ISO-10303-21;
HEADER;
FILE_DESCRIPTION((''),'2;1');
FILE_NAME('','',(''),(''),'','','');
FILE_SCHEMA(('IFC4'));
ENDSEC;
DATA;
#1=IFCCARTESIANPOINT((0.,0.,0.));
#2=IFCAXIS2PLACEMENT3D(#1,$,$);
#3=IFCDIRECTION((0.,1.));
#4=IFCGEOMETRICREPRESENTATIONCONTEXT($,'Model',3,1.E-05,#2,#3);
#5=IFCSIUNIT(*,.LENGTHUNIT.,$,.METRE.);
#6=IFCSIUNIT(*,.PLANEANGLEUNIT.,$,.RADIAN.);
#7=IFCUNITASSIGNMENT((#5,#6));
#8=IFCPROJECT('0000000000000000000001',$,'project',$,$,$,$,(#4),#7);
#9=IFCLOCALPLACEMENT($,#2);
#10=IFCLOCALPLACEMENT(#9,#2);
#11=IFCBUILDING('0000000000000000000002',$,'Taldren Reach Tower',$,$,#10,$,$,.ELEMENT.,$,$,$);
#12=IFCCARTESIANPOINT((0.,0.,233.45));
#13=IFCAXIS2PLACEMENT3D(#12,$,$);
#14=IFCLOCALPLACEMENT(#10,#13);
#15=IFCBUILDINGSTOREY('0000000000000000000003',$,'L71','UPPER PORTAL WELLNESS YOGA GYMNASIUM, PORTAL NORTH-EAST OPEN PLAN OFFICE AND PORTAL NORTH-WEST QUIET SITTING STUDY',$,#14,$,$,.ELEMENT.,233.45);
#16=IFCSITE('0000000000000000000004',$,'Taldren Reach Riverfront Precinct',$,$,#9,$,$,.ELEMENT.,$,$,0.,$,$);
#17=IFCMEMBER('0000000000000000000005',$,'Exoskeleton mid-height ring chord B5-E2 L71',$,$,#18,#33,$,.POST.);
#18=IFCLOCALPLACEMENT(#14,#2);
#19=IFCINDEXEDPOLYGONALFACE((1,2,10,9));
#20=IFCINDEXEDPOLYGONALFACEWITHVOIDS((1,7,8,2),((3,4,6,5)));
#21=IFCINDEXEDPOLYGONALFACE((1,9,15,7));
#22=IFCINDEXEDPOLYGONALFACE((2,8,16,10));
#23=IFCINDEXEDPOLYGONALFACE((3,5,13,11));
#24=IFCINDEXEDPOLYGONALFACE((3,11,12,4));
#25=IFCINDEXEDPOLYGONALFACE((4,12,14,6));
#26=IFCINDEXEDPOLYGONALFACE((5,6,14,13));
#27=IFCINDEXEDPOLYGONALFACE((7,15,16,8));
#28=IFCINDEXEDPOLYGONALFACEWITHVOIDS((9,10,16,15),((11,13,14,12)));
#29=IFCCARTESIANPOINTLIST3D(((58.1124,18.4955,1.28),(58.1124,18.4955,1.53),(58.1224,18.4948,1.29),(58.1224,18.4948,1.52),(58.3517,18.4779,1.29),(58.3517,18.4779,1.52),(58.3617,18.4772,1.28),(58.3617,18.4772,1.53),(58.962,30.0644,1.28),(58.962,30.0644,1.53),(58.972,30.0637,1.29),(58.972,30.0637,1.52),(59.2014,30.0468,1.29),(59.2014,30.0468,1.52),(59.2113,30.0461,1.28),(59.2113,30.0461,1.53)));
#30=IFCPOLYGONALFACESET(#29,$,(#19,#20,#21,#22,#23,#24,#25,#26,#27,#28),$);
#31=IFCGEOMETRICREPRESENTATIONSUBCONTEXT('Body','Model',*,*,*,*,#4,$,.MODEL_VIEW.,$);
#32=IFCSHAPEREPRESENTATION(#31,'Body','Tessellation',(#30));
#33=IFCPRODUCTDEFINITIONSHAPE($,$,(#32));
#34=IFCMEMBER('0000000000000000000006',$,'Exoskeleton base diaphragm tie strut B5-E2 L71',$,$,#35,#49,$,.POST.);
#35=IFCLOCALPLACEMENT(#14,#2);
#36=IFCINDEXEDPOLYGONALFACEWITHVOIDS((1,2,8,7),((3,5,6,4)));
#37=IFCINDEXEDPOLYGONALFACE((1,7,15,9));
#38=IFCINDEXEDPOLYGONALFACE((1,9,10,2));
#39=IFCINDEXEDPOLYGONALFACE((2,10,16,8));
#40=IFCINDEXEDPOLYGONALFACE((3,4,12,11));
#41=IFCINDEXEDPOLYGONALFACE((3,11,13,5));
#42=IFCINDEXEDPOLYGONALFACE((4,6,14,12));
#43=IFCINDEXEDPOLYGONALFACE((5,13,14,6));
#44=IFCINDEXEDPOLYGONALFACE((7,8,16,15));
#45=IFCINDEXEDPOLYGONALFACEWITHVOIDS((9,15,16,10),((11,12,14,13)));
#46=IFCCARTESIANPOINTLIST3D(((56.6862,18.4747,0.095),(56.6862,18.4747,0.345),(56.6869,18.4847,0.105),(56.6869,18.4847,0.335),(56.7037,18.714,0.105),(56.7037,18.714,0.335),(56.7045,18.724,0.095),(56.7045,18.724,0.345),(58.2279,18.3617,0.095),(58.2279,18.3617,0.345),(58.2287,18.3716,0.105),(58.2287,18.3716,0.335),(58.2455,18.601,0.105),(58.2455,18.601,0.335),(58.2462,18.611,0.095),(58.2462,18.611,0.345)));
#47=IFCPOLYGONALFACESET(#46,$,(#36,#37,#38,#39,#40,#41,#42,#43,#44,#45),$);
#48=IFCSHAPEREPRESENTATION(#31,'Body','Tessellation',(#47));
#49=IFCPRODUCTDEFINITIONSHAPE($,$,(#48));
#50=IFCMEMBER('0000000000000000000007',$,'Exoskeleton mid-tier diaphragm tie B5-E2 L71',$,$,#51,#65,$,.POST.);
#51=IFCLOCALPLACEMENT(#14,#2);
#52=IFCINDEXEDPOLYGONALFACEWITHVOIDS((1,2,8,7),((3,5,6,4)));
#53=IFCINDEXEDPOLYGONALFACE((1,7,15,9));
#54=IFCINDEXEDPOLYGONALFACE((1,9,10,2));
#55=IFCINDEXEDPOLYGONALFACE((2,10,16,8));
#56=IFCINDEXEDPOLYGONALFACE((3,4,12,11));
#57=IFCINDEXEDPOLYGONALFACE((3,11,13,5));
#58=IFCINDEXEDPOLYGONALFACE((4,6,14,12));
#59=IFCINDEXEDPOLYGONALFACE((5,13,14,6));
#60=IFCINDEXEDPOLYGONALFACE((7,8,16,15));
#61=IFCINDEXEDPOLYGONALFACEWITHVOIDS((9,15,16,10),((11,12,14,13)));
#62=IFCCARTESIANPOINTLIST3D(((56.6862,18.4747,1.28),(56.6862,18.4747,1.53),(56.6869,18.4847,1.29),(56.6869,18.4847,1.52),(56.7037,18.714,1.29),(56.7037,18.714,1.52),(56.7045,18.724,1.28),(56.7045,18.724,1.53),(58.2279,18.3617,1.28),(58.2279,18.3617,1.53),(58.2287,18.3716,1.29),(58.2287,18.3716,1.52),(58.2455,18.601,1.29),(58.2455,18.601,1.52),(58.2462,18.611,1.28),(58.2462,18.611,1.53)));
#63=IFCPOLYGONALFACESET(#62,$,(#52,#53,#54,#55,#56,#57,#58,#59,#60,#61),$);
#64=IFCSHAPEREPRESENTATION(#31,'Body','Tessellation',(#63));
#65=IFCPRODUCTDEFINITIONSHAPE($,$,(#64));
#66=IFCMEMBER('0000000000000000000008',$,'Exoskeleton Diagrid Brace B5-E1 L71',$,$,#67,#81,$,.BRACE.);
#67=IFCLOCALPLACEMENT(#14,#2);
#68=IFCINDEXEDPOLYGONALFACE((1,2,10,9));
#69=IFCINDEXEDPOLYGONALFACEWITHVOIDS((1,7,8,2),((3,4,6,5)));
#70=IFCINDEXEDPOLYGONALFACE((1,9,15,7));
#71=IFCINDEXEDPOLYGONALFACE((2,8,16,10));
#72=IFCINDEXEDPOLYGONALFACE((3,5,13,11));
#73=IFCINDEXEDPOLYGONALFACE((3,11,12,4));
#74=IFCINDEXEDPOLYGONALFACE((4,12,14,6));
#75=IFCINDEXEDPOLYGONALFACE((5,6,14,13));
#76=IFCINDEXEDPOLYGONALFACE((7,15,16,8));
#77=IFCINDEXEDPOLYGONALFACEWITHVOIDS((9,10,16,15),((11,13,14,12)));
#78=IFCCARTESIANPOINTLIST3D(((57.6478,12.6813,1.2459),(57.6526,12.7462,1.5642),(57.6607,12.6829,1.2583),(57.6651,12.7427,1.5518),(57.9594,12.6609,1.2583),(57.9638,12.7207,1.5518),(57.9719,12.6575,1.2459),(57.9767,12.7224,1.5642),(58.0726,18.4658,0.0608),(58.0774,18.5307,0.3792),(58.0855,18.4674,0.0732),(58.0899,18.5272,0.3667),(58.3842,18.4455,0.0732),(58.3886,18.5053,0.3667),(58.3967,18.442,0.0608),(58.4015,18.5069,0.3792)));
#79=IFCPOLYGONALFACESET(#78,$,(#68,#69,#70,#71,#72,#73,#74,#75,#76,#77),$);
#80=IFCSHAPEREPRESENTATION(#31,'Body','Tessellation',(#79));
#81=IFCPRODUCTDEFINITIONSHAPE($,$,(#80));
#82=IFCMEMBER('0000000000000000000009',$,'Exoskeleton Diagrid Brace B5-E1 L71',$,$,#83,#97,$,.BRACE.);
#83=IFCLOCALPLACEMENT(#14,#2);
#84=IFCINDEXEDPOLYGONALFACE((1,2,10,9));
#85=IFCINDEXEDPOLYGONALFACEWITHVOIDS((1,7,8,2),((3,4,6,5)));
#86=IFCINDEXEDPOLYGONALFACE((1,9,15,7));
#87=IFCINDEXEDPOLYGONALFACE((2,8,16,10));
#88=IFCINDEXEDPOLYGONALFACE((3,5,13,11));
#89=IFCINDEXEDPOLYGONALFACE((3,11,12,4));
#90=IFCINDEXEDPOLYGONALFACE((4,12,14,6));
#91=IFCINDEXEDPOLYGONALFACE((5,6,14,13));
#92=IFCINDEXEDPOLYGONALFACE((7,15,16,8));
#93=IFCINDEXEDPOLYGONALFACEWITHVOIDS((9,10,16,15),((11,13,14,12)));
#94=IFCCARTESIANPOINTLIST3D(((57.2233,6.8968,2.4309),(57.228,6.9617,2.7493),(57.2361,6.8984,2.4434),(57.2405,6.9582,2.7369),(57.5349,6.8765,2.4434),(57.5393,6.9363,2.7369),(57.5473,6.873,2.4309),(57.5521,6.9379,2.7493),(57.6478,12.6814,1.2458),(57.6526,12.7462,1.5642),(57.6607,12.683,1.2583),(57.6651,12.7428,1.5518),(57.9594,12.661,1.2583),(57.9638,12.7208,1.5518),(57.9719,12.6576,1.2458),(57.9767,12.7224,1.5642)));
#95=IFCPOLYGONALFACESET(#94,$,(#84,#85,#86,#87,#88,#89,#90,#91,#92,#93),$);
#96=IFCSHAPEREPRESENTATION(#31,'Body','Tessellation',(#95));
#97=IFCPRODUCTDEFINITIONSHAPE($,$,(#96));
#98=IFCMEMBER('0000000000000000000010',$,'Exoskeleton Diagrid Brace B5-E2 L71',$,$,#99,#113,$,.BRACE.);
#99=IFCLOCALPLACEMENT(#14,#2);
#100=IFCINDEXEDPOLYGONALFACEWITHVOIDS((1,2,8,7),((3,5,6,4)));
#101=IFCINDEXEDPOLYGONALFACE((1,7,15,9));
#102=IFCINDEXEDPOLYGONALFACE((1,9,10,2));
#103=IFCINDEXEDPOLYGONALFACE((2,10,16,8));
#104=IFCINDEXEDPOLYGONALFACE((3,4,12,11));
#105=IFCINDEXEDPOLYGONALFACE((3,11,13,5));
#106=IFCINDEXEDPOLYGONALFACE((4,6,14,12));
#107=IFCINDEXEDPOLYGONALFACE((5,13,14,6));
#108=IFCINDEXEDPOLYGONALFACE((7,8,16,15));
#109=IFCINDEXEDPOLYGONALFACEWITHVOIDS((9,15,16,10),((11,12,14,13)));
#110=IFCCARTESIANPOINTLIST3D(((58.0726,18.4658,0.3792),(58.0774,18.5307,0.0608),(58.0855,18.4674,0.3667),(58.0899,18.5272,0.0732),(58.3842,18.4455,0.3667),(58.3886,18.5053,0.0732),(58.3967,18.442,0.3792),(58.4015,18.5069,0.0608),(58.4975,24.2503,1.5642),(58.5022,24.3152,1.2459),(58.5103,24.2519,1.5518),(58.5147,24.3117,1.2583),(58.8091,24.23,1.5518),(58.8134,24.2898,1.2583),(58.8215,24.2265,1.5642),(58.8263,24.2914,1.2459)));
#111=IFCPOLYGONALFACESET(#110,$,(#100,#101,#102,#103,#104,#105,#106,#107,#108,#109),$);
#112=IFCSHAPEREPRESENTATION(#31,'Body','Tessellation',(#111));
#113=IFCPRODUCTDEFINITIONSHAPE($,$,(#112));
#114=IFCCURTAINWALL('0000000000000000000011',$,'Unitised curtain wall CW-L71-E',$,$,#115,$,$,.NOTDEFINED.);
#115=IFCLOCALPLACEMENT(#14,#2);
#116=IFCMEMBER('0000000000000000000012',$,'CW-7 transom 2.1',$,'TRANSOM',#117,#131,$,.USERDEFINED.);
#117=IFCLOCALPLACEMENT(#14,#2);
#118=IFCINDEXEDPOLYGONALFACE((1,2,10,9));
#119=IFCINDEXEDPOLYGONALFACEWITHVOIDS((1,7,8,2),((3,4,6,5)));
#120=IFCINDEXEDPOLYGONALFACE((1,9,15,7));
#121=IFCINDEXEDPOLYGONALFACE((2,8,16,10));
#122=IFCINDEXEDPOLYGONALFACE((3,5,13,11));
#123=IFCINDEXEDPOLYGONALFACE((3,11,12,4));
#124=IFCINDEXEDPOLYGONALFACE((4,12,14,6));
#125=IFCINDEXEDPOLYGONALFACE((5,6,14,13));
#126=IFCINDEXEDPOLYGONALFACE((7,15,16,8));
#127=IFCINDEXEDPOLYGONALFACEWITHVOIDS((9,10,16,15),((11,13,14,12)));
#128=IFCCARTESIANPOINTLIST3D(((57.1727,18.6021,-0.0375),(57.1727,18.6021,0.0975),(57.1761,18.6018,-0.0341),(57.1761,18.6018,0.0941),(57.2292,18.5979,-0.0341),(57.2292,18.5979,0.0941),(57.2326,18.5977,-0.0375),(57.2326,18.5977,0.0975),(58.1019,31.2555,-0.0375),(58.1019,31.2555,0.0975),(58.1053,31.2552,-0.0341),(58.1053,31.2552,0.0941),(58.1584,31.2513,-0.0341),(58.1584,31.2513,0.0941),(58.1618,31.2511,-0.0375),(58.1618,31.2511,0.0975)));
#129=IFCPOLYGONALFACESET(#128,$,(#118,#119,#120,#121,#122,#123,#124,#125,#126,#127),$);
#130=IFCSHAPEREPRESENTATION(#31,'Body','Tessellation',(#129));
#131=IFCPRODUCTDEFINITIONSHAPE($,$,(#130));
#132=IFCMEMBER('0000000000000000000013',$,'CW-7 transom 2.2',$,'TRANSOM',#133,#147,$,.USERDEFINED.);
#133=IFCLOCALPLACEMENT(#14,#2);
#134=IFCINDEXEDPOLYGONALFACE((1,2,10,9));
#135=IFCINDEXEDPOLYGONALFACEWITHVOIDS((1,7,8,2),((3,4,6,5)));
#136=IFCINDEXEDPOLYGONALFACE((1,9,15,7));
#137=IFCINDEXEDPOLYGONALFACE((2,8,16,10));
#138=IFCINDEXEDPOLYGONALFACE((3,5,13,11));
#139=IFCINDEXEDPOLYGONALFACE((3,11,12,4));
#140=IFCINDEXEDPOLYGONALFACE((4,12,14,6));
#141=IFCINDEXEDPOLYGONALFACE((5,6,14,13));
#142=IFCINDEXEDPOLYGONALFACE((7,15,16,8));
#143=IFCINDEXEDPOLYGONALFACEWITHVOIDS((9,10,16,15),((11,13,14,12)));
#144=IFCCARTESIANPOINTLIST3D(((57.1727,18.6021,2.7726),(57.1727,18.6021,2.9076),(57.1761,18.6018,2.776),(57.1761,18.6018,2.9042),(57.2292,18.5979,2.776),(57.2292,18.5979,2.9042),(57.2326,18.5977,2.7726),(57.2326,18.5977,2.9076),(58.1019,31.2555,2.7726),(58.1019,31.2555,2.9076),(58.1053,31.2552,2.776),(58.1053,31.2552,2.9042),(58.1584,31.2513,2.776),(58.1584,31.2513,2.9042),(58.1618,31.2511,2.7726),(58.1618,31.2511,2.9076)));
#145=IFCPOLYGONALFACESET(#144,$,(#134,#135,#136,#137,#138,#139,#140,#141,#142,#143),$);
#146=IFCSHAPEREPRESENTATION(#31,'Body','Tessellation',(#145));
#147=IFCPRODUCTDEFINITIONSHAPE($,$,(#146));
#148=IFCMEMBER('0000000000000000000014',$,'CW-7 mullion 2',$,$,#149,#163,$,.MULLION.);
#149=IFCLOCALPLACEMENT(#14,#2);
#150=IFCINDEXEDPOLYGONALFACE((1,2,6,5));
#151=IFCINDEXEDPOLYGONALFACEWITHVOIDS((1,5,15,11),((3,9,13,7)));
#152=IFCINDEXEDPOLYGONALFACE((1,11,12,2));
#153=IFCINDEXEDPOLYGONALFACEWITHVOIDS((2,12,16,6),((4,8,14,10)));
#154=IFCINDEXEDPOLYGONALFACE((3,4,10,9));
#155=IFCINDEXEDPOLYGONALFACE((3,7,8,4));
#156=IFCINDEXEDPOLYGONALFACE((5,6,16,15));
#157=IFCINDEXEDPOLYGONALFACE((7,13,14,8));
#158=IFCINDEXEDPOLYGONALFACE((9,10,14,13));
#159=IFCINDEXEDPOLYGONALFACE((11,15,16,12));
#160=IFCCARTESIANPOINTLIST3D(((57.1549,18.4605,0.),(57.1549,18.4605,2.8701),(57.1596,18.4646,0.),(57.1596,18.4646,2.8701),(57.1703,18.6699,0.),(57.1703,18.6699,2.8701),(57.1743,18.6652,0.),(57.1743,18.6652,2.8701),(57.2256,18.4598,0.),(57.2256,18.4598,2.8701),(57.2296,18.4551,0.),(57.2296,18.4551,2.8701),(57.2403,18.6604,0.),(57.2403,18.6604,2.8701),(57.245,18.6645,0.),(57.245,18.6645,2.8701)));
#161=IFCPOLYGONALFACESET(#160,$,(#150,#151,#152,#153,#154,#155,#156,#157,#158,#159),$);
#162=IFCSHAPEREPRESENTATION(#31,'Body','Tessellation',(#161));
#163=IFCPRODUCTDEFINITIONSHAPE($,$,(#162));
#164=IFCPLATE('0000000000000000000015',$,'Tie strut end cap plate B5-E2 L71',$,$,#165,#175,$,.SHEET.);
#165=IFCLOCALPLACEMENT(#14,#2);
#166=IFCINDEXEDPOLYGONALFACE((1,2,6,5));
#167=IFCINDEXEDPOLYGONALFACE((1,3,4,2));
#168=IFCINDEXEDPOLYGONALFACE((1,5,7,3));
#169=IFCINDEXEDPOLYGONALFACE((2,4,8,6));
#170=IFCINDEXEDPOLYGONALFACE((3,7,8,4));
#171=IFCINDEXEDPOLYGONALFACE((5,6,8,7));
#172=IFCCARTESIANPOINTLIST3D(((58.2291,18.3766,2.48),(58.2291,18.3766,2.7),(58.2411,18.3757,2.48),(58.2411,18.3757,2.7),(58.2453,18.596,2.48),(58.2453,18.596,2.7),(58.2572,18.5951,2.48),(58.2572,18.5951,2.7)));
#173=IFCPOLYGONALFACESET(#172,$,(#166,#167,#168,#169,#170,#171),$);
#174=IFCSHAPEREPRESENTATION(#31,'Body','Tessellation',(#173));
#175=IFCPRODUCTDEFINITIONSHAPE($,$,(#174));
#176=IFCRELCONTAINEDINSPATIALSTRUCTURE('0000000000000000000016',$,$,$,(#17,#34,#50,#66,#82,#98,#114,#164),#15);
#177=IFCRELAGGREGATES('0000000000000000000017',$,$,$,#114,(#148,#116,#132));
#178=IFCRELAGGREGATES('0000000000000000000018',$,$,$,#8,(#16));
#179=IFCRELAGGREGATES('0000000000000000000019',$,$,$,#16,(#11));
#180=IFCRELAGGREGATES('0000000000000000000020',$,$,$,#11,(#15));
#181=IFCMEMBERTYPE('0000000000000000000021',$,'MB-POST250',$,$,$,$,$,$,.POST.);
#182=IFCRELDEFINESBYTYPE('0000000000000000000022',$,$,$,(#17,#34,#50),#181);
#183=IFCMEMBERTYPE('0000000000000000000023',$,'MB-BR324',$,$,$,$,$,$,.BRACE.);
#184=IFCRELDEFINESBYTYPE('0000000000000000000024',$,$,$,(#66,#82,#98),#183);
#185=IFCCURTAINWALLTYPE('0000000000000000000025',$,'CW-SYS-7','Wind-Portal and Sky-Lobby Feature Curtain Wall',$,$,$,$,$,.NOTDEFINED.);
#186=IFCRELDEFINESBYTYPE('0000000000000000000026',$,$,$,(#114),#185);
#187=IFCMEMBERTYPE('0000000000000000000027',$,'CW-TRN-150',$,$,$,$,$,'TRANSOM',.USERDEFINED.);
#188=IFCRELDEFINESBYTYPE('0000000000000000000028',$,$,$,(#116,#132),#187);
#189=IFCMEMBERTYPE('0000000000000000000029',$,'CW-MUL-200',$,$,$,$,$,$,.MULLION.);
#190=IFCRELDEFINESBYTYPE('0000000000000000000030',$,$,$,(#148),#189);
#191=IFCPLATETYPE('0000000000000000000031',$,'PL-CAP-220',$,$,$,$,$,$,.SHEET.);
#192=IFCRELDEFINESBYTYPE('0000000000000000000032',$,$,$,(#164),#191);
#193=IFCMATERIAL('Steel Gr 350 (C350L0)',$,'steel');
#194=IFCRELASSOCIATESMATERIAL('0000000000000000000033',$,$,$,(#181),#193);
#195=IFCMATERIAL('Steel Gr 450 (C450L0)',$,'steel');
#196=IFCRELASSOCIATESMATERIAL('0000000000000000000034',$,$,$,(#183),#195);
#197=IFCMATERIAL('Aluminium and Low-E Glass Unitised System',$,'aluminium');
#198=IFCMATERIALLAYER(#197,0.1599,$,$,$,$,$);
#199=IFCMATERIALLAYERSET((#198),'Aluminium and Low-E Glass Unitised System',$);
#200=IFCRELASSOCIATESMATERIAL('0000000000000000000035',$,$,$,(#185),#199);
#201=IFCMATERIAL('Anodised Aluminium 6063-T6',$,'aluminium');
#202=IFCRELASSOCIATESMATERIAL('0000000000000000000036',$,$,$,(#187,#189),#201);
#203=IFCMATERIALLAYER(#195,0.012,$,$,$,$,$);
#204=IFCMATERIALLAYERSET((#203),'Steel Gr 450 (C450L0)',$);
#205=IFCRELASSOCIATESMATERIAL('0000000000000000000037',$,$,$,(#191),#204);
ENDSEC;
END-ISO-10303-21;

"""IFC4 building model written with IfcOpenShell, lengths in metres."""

from ifc_helpers import new_model, si_unit, direction, frame, origin, origin_2d, place, context, subcontext, project, spatial, rectangle, hollow_rectangle, extrude, source, transform, mapped, material, layer, layer_set, material_profile, profile_set, type_object, element, aggregate, save


model = new_model("IFC4")

# Units and contexts
model_context = context("Model", 3, precision=1e-05, world=origin(), true_north=direction((0.0, 1.0)))
body_context = subcontext(model_context, "Body", "Model", "MODEL_VIEW")
ifc_project = project(units=[si_unit("LENGTHUNIT", "METRE"), si_unit("PLANEANGLEUNIT", "RADIAN")], contexts=[model_context])

# Site, building, storey
site_placement = place(None, origin())
site = spatial("IfcSite", under=ifc_project, at=site_placement, Name="Taldren Reach Riverfront Precinct", CompositionType="ELEMENT", RefElevation=0.0)
building_placement = place(site_placement, origin())
building = spatial("IfcBuilding", under=site, at=building_placement, Name="Taldren Reach Tower", CompositionType="ELEMENT")
storey_placement = place(building_placement, frame((0.0, 0.0, 233.45)))
storey = spatial("IfcBuildingStorey", under=building, at=storey_placement, Name="L71", Description="UPPER PORTAL WELLNESS YOGA GYMNASIUM, PORTAL NORTH-EAST OPEN PLAN OFFICE AND PORTAL NORTH-WEST QUIET SITTING STUDY", CompositionType="ELEMENT", Elevation=233.45)

# Shared definitions
ifc_material_1 = material(Name="Steel Gr 450 (C450L0)", Category="steel")

# Members
ifc_material_2 = material(Name="Steel Gr 350 (C350L0)", Category="steel")
ifc_material_profile_1 = material_profile(ifc_material_2, hollow_rectangle(XDim=0.25, YDim=0.25, WallThickness=0.01, at=origin_2d()), Name="250x250x10.0SHS")
ifc_profile_set_1 = profile_set([ifc_material_profile_1], Name="Steel Gr 350 (C350L0)")
member_type_1 = type_object("IfcMemberType", Name="MB-POST250", PredefinedType="POST", material=ifc_profile_set_1)
shared_shape_1 = source(origin(), body_context, "Body", "SweptSolid", [
    extrude(hollow_rectangle(XDim=0.25, YDim=0.25, WallThickness=0.01, at=origin_2d()), origin(), (0.0, 0.0, 1.0), 11.6001),
])
member_1_placement = place(storey_placement, frame((58.2371, 18.4863, 1.405), z_axis=(0.073242, 0.997314, 0.0), x_axis=(-0.997314, 0.073242, 0.0)))
element("IfcMember", 1, at=member_1_placement, inside=storey, type_object=member_type_1, Name="Exoskeleton mid-height ring chord B5-E2 L71", PredefinedType="POST", context=body_context, shape_type="MappedRepresentation", body=[
    mapped(shared_shape_1, transform((0.0, 0.0, 0.0), scale=1.0)),
])
shared_shape_2 = source(origin(), body_context, "Body", "SweptSolid", [
    extrude(hollow_rectangle(XDim=0.25, YDim=0.25, WallThickness=0.01, at=origin_2d()), origin(), (0.0, 0.0, 1.0), 1.5459),
])
for number, where, z_axis, x_axis, name in (
    (2, (56.6953, 18.5994, 0.22), (0.997323, -0.073121, 0.0), (0.073121, 0.997323, 0.0), "Exoskeleton base diaphragm tie strut B5-E2 L71"),
    (3, (56.6953, 18.5994, 1.405), (0.997323, -0.073121, 0.0), (0.073121, 0.997323, 0.0), "Exoskeleton mid-tier diaphragm tie B5-E2 L71"),
):
    element("IfcMember", number, at=place(storey_placement, frame(where, z_axis=z_axis, x_axis=x_axis)), inside=storey, type_object=member_type_1, Name=name, PredefinedType="POST", context=body_context, shape_type="MappedRepresentation", body=[
        mapped(shared_shape_2, transform((0.0, 0.0, 0.0), scale=1.0)),
    ])
ifc_material_profile_2 = material_profile(ifc_material_1, hollow_rectangle(XDim=0.325, YDim=0.325, WallThickness=0.0127, at=origin_2d()), Name="325x325x12.7SHS")
ifc_profile_set_2 = profile_set([ifc_material_profile_2], Name="Steel Gr 450 (C450L0)")
member_type_2 = type_object("IfcMemberType", Name="MB-BR324", PredefinedType="BRACE", material=ifc_profile_set_2)
shared_shape_3 = source(origin(), body_context, "Body", "SweptSolid", [
    extrude(hollow_rectangle(XDim=0.325, YDim=0.325, WallThickness=0.0127, at=origin_2d()), origin(), (0.0, 0.0, 1.0), 5.9199),
])
for number, where, z_axis, x_axis, name in (
    (4, (58.2371, 18.4863, 0.22), (-0.07176, -0.977127, 0.200185), (0.997314, -0.073242, 0.0), "Exoskeleton Diagrid Brace B5-E1 L71"),
    (5, (57.8123, 12.7019, 1.405), (-0.071719, -0.97713, 0.200185), (0.997317, -0.0732, 0.0), "Exoskeleton Diagrid Brace B5-E1 L71"),
    (6, (58.2371, 18.4863, 0.22), (0.07176, 0.977127, 0.200185), (-0.997314, 0.073242, 0.0), "Exoskeleton Diagrid Brace B5-E2 L71"),
):
    element("IfcMember", number, at=place(storey_placement, frame(where, z_axis=z_axis, x_axis=x_axis)), inside=storey, type_object=member_type_2, Name=name, PredefinedType="BRACE", context=body_context, shape_type="MappedRepresentation", body=[
        mapped(shared_shape_3, transform((0.0, 0.0, 0.0), scale=1.0)),
    ])

# Curtain wall, members
ifc_material_3 = material(Name="Aluminium and Low-E Glass Unitised System", Category="aluminium")
ifc_layer_1 = layer(ifc_material_3, 0.1599)
ifc_layer_set_1 = layer_set([ifc_layer_1], Name="Aluminium and Low-E Glass Unitised System")
curtain_wall_type = type_object("IfcCurtainWallType", Name="CW-SYS-7", Description="Wind-Portal and Sky-Lobby Feature Curtain Wall", PredefinedType="NOTDEFINED", material=ifc_layer_set_1)
curtain_wall_placement = place(storey_placement, origin())
curtain_wall = element("IfcCurtainWall", 7, at=curtain_wall_placement, inside=storey, type_object=curtain_wall_type, Name="Unitised curtain wall CW-L71-E", PredefinedType="NOTDEFINED")
ifc_material_4 = material(Name="Anodised Aluminium 6063-T6", Category="aluminium")
ifc_material_profile_3 = material_profile(ifc_material_4, hollow_rectangle(XDim=0.0601, YDim=0.135, WallThickness=0.0034, at=origin_2d()), Name="ALU-135x60x3.5RHS")
ifc_profile_set_3 = profile_set([ifc_material_profile_3], Name="Anodised Aluminium 6063-T6")
member_type_3 = type_object("IfcMemberType", Name="CW-TRN-150", ElementType="TRANSOM", PredefinedType="USERDEFINED", material=ifc_profile_set_3)
shared_shape_4 = source(origin(), body_context, "Body", "SweptSolid", [
    extrude(hollow_rectangle(XDim=0.0601, YDim=0.135, WallThickness=0.0034, at=origin_2d()), origin(), (0.0, 0.0, 1.0), 12.6875),
])
member_2_placement = place(storey_placement, frame((57.2026, 18.5999, 0.03), z_axis=(0.073238, 0.997314, 0.0), x_axis=(-0.997314, 0.073238, 0.0)))
member_2 = element("IfcMember", 8, at=member_2_placement, type_object=member_type_3, Name="CW-7 transom 2.1", ObjectType="TRANSOM", PredefinedType="USERDEFINED", context=body_context, shape_type="MappedRepresentation", body=[
    mapped(shared_shape_4, transform((0.0, 0.0, 0.0), scale=1.0)),
])
member_3_placement = place(storey_placement, frame((57.2026, 18.5999, 2.8401), z_axis=(0.073238, 0.997314, 0.0), x_axis=(-0.997314, 0.073238, 0.0)))
member_3 = element("IfcMember", 9, at=member_3_placement, type_object=member_type_3, Name="CW-7 transom 2.2", ObjectType="TRANSOM", PredefinedType="USERDEFINED", context=body_context, shape_type="MappedRepresentation", body=[
    mapped(shared_shape_4, transform((0.0, 0.0, 0.0), scale=1.0)),
])
ifc_material_profile_4 = material_profile(ifc_material_4, hollow_rectangle(XDim=0.075, YDim=0.21, WallThickness=0.0044, at=origin_2d()), Name="ALU-210x75x4.5RHS")
ifc_profile_set_4 = profile_set([ifc_material_profile_4], Name="Anodised Aluminium 6063-T6")
member_type_4 = type_object("IfcMemberType", Name="CW-MUL-200", PredefinedType="MULLION", material=ifc_profile_set_4)
shared_shape_5 = source(origin(), body_context, "Body", "SweptSolid", [
    extrude(hollow_rectangle(XDim=0.075, YDim=0.21, WallThickness=0.0044, at=origin_2d()), origin(), (0.0, 0.0, 1.0), 2.8701),
])
member_4_placement = place(storey_placement, frame((57.2, 18.5625, 0.0), z_axis=(0.0, 0.0, 1.0), x_axis=(-0.997314, 0.073238, 0.0)))
member_4 = element("IfcMember", 10, at=member_4_placement, type_object=member_type_4, Name="CW-7 mullion 2", PredefinedType="MULLION", context=body_context, shape_type="MappedRepresentation", body=[
    mapped(shared_shape_5, transform((0.0, 0.0, 0.0), scale=1.0)),
])

# Plate
ifc_layer_2 = layer(ifc_material_1, 0.012)
ifc_layer_set_2 = layer_set([ifc_layer_2], Name="Steel Gr 450 (C450L0)")
plate_type_1 = type_object("IfcPlateType", Name="PL-CAP-220", PredefinedType="SHEET", material=ifc_layer_set_2)
shared_shape_6 = source(origin(), body_context, "Body", "SweptSolid", [
    extrude(rectangle(XDim=0.012, YDim=0.22, at=origin_2d()), origin(), (0.0, 0.0, 1.0), 0.22),
])
plate_1_placement = place(storey_placement, frame((58.2432, 18.4858, 2.48), z_axis=(0.0, 0.0, 1.0), x_axis=(0.997314, -0.073238, 0.0)))
element("IfcPlate", 11, at=plate_1_placement, inside=storey, type_object=plate_type_1, Name="Tie strut end cap plate B5-E2 L71", PredefinedType="SHEET", context=body_context, shape_type="MappedRepresentation", body=[
    mapped(shared_shape_6, transform((0.0, 0.0, 0.0), scale=1.0)),
])
aggregate(curtain_wall, [member_4, member_2, member_3])

save(model, "model.ifc")
